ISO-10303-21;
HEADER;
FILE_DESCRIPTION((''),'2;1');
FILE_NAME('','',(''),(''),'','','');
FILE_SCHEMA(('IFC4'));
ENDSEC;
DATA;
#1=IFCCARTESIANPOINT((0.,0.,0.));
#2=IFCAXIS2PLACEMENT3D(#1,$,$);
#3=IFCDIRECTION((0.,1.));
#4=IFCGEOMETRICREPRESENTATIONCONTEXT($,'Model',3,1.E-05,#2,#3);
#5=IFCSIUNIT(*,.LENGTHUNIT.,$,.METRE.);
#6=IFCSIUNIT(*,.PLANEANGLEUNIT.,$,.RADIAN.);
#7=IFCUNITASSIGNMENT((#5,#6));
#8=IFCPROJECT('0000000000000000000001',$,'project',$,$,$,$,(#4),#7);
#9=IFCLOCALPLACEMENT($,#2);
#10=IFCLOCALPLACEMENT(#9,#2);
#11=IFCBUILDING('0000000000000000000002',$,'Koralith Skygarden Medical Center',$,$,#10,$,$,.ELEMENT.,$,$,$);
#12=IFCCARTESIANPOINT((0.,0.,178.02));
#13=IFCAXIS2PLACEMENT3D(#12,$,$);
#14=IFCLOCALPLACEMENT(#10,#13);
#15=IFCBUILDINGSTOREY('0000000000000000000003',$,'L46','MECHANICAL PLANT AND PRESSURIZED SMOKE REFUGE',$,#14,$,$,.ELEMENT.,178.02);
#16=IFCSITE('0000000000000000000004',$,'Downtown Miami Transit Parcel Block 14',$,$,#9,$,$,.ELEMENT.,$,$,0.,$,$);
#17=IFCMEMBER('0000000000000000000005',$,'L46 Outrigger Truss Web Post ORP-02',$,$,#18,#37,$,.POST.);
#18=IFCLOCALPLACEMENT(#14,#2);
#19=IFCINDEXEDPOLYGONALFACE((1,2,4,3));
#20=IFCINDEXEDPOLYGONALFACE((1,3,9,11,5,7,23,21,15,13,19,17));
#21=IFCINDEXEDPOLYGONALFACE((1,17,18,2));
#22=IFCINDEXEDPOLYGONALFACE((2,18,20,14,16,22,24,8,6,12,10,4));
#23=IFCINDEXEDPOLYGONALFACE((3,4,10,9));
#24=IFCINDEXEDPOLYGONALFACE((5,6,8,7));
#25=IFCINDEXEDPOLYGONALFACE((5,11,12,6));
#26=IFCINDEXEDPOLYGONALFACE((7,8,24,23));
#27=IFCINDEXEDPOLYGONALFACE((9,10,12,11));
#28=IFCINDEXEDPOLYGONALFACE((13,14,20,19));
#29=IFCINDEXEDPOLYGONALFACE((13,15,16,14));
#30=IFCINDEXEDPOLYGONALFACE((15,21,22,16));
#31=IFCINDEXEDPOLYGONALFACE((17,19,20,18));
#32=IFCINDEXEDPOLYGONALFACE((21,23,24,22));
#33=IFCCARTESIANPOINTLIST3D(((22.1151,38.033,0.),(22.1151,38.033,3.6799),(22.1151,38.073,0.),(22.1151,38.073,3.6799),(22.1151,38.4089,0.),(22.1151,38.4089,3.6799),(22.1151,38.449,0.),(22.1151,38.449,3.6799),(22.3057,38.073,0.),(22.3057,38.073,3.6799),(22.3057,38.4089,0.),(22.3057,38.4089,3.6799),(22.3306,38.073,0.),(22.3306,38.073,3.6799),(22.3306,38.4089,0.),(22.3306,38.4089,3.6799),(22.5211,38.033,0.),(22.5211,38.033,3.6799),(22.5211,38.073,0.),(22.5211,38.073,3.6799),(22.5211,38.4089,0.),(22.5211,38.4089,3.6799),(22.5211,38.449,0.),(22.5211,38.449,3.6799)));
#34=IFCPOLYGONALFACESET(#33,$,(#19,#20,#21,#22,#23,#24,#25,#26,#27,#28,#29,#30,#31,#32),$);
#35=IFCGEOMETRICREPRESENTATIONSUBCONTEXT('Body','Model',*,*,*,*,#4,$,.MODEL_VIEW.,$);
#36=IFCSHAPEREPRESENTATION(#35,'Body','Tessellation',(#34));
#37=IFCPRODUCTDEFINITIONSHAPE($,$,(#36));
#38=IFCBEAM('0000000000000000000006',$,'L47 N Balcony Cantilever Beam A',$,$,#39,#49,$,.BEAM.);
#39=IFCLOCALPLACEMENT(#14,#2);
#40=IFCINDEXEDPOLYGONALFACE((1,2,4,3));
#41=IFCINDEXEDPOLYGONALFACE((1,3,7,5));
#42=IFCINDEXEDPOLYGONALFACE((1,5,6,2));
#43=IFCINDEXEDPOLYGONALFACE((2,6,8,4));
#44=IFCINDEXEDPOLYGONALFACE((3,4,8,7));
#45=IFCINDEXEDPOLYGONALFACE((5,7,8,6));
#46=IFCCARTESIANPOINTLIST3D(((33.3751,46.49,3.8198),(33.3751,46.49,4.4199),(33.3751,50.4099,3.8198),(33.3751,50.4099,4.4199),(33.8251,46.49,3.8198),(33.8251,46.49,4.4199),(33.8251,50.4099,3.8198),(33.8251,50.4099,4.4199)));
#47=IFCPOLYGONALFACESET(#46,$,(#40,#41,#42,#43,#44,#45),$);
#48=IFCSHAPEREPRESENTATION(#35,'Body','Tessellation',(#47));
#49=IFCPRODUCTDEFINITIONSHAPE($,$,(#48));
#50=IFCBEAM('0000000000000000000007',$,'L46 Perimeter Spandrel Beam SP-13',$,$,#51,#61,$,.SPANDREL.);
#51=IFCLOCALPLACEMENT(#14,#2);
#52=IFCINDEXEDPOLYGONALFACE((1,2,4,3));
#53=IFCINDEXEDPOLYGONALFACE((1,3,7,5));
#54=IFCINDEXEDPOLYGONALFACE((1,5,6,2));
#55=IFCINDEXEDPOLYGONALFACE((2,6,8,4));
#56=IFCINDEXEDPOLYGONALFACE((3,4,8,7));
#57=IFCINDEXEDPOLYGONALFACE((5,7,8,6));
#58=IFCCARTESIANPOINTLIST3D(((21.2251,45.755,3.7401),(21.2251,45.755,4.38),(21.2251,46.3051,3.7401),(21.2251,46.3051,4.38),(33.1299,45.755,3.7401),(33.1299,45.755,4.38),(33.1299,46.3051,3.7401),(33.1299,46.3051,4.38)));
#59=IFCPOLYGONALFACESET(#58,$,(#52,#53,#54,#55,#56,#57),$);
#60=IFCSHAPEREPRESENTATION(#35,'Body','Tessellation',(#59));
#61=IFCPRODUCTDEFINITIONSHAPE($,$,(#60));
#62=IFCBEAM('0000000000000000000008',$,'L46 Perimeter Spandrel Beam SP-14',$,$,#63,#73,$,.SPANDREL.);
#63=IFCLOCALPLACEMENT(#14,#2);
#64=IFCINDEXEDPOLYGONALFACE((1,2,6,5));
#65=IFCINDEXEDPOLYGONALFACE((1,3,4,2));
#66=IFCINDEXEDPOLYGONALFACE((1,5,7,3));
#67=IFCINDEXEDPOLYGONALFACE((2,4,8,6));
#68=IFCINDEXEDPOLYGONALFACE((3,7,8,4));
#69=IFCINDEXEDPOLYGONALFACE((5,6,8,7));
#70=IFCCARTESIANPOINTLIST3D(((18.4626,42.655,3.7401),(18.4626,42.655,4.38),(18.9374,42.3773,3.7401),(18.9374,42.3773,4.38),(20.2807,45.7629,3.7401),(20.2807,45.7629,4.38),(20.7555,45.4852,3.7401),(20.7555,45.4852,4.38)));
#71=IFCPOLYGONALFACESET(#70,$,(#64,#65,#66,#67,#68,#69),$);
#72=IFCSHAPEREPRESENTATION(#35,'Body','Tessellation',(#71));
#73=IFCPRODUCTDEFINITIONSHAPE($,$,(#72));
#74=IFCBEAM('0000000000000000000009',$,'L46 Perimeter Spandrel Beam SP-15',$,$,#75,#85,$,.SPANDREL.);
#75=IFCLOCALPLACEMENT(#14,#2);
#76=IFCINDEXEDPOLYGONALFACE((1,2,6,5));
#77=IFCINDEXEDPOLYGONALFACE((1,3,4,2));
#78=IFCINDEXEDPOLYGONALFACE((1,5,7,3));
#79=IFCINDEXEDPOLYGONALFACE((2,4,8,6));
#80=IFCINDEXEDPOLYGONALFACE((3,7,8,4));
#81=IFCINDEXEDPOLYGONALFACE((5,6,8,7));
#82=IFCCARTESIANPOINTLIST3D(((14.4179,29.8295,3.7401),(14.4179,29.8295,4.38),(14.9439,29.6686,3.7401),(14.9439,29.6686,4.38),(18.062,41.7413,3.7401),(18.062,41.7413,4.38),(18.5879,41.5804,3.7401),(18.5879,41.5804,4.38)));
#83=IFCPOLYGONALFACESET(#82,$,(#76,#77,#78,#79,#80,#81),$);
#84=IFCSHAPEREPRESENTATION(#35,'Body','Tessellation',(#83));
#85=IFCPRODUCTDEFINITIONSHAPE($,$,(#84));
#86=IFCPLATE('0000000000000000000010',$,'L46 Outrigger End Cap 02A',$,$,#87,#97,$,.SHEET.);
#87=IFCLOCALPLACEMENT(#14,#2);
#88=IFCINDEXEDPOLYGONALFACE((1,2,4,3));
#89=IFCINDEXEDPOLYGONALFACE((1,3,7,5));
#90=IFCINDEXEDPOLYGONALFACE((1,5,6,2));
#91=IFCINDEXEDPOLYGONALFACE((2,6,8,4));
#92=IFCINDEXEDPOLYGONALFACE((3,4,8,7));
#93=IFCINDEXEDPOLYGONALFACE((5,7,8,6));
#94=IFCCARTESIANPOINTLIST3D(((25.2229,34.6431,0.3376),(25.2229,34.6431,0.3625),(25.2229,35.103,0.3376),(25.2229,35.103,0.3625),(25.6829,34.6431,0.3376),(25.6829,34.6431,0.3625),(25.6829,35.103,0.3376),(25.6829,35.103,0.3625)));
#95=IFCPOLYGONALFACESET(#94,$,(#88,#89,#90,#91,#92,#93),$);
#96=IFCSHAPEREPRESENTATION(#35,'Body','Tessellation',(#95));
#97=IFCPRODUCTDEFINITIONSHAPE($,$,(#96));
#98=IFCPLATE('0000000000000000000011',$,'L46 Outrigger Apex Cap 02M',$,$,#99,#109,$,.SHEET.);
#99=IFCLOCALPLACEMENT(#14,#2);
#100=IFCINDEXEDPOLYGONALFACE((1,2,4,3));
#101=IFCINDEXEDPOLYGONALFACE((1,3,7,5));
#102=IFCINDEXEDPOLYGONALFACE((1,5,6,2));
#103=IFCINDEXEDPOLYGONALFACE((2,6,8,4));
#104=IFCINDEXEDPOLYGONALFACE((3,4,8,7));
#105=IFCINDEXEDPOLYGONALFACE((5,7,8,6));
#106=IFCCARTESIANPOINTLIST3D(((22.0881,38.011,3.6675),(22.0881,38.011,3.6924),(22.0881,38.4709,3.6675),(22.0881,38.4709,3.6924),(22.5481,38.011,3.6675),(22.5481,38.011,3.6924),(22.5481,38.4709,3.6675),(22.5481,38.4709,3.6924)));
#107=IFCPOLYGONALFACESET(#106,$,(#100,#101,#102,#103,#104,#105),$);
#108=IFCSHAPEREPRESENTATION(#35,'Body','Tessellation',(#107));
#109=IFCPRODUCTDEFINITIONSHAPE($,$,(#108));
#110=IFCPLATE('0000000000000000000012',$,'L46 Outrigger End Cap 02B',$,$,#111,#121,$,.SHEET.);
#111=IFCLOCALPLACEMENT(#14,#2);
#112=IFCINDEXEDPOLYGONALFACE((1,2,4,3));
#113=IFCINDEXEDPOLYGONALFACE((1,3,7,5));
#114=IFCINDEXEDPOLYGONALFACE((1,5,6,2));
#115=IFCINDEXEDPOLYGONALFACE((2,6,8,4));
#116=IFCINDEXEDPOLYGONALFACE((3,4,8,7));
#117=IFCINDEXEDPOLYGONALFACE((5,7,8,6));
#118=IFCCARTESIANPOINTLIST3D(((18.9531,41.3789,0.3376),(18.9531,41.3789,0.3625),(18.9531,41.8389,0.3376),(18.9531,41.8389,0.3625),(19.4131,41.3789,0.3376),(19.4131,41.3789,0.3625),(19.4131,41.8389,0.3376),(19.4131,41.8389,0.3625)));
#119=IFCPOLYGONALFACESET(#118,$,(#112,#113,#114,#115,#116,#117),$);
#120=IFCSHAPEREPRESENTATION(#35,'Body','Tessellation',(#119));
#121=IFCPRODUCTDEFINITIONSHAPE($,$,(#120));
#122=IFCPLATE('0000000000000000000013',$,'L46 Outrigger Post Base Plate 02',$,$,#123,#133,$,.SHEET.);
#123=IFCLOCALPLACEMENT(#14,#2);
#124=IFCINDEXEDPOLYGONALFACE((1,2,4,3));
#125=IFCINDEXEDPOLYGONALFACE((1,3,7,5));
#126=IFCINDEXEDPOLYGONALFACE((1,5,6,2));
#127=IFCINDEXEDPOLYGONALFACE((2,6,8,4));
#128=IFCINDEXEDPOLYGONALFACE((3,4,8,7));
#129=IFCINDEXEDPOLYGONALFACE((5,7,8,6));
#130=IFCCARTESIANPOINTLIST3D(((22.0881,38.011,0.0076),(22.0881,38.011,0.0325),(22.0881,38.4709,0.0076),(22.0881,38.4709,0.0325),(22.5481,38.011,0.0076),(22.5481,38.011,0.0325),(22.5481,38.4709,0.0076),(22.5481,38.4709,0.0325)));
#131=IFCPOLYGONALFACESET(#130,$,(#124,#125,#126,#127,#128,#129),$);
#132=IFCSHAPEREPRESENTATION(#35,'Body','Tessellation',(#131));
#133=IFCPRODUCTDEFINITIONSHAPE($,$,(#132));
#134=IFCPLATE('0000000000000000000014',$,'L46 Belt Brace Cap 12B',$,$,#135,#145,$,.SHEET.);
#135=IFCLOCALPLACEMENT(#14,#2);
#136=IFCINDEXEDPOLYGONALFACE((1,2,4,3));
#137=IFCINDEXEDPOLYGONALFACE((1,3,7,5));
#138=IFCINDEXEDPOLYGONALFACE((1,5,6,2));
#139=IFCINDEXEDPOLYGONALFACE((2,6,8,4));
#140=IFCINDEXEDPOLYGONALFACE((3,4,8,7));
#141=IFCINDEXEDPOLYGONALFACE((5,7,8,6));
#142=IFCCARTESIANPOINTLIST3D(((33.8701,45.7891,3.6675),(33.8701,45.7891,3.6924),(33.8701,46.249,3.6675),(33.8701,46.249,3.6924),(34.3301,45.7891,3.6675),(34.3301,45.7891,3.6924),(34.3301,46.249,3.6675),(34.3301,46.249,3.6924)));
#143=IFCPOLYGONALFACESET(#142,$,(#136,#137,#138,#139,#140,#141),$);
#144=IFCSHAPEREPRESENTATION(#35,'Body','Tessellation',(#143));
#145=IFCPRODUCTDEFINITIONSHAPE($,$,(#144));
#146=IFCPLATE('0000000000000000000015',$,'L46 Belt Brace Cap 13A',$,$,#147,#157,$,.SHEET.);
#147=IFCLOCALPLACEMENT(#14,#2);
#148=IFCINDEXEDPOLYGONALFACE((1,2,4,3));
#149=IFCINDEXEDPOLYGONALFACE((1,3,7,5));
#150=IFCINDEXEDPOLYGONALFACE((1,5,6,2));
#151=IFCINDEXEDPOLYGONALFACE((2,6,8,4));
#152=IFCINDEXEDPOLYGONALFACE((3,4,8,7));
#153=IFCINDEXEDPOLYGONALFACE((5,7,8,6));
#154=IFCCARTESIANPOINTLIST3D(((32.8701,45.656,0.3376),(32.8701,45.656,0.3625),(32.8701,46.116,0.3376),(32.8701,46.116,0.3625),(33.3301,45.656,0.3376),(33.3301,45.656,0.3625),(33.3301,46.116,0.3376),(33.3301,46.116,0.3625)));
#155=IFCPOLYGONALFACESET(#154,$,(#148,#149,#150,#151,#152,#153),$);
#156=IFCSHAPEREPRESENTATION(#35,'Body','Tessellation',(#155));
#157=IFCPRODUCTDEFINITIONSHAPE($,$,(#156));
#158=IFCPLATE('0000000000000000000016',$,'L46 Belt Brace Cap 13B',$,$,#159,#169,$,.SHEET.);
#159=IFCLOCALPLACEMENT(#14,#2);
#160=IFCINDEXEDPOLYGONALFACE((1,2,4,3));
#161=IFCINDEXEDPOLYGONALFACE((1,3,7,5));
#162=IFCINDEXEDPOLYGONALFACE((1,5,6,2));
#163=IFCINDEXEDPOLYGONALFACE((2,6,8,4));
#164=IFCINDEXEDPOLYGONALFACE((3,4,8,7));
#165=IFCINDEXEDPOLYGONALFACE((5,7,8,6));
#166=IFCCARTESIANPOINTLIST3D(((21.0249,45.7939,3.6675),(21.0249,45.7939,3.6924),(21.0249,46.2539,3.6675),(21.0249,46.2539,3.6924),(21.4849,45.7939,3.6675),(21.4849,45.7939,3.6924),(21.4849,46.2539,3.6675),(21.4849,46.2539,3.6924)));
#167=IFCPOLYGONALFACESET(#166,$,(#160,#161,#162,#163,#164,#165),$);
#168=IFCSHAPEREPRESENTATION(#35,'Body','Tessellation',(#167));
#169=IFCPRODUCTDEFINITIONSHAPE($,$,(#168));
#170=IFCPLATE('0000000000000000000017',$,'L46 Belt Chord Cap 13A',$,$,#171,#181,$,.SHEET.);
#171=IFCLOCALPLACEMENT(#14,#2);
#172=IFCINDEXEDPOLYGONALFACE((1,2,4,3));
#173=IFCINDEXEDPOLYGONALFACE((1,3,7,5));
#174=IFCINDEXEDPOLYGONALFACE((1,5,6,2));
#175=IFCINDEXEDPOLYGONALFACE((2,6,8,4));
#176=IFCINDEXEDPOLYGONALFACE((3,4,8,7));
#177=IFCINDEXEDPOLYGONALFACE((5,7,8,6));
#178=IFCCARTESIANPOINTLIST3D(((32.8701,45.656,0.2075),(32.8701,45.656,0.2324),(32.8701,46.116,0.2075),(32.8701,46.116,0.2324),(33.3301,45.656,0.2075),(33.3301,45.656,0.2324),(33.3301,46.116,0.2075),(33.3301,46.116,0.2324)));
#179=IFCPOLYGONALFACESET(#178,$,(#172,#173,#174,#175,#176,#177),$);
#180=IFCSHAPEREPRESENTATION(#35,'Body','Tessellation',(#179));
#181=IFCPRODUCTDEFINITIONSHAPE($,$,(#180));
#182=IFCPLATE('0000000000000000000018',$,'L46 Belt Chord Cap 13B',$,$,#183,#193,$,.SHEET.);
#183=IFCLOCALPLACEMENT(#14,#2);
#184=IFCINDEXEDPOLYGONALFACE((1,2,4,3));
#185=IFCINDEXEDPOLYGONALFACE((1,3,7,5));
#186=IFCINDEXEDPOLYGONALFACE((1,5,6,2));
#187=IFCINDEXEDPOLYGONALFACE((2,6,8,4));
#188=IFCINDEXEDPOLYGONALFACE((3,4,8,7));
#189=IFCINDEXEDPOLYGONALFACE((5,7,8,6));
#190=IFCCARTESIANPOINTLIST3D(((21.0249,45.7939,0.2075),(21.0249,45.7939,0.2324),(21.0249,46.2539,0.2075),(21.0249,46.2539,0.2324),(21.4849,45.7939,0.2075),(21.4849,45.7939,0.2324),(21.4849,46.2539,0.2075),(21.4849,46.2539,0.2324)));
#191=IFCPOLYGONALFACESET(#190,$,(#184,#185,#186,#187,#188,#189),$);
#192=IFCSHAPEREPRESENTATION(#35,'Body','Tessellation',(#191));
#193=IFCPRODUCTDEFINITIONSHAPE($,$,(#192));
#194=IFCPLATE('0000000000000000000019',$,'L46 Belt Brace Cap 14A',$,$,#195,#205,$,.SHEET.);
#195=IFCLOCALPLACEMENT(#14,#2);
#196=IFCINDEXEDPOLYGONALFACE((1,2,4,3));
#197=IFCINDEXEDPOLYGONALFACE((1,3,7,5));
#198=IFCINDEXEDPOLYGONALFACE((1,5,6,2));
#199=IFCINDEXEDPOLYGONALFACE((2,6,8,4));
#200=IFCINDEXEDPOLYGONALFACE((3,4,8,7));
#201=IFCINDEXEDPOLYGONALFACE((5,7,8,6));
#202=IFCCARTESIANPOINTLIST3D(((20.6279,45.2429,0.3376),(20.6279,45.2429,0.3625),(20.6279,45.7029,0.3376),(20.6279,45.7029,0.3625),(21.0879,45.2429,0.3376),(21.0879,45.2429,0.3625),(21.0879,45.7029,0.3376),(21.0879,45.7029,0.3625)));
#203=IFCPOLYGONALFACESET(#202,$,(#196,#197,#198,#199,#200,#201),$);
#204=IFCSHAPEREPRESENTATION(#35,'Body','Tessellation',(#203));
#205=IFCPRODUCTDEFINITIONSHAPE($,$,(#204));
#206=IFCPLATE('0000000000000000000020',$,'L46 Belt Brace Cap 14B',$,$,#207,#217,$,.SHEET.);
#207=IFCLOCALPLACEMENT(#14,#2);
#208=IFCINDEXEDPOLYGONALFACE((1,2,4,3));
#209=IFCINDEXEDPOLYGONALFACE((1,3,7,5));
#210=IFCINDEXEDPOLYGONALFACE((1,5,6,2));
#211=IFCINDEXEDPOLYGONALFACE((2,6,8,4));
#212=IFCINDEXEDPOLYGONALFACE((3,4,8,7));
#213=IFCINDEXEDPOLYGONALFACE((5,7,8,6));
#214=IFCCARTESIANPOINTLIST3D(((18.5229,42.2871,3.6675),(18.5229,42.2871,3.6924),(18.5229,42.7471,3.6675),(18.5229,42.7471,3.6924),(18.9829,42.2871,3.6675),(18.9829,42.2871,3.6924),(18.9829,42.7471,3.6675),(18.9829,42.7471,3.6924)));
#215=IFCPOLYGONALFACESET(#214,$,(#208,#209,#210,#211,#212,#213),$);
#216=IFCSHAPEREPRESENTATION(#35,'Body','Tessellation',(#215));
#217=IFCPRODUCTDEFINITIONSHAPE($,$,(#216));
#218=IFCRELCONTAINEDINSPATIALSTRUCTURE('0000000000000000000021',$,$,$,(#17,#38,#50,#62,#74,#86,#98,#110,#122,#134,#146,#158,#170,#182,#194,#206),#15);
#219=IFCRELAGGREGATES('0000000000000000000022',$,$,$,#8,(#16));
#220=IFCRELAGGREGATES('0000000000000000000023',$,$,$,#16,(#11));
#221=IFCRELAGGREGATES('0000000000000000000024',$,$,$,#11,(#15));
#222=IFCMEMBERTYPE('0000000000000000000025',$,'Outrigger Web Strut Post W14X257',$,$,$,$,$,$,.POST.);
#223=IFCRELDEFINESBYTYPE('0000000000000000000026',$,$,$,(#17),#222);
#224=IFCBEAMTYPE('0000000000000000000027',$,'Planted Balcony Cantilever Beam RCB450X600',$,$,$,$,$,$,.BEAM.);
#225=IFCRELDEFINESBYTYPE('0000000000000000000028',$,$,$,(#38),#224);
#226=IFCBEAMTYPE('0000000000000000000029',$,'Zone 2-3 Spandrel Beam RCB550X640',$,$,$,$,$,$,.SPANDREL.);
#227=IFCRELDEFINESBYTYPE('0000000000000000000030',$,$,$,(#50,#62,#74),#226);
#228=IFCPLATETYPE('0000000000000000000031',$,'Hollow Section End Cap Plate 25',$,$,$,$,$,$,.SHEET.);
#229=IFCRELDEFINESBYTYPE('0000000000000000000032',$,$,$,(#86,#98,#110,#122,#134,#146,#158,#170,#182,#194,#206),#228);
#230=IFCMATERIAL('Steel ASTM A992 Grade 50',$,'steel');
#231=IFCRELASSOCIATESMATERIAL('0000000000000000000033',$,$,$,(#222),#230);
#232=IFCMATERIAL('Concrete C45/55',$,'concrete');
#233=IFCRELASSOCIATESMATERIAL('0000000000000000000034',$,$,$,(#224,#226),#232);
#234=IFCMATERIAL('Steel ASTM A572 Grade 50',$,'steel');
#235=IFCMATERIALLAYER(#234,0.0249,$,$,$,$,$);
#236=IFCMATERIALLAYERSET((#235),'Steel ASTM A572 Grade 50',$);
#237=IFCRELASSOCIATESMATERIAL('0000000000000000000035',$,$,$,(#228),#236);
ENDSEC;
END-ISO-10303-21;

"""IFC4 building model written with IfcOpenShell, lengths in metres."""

from ifc_helpers import new_model, si_unit, direction, frame, origin, origin_2d, place, context, subcontext, project, spatial, rectangle, i_section, extrude, material, layer, layer_set, material_profile, profile_set, type_object, element, save


model = new_model("IFC4")

# Units and contexts
model_context = context("Model", 3, precision=1e-05, world=origin(), true_north=direction((0.0, 1.0)))
body_context = subcontext(model_context, "Body", "Model", "MODEL_VIEW")
ifc_project = project(units=[si_unit("LENGTHUNIT", "METRE"), si_unit("PLANEANGLEUNIT", "RADIAN")], contexts=[model_context])

# Site, building, storey
site_placement = place(None, origin())
site = spatial("IfcSite", under=ifc_project, at=site_placement, Name="Downtown Miami Transit Parcel Block 14", CompositionType="ELEMENT", RefElevation=0.0)
building_placement = place(site_placement, origin())
building = spatial("IfcBuilding", under=site, at=building_placement, Name="Koralith Skygarden Medical Center", CompositionType="ELEMENT")
storey_placement = place(building_placement, frame((0.0, 0.0, 178.02)))
storey = spatial("IfcBuildingStorey", under=building, at=storey_placement, Name="L46", Description="MECHANICAL PLANT AND PRESSURIZED SMOKE REFUGE", CompositionType="ELEMENT", Elevation=178.02)

# Shared definitions
ifc_material_1 = material(Name="Steel ASTM A992 Grade 50", Category="steel")

# Member
ifc_material_profile_1 = material_profile(ifc_material_1, i_section(OverallWidth=0.406, OverallDepth=0.416, WebThickness=0.0249, FlangeThickness=0.04, at=origin_2d()), Name="W14X257")
ifc_profile_set_1 = profile_set([ifc_material_profile_1], Name="Steel ASTM A992 Grade 50")
member_type_1 = type_object("IfcMemberType", Name="Outrigger Web Strut Post W14X257", PredefinedType="POST", material=ifc_profile_set_1)
member_1_placement = place(storey_placement, frame((22.3181, 38.241, 0.0), z_axis=(0.0, 0.0, 1.0), x_axis=(1.0, 0.0, 0.0)))
element("IfcMember", 1, at=member_1_placement, inside=storey, type_object=member_type_1, Name="L46 Outrigger Truss Web Post ORP-02", PredefinedType="POST", context=body_context, shape_type="SweptSolid", body=[
    extrude(i_section(OverallWidth=0.406, OverallDepth=0.416, WebThickness=0.0249, FlangeThickness=0.04, at=origin_2d()), origin(), (0.0, 0.0, 1.0), 3.6799),
])

# Beams
ifc_material_2 = material(Name="Concrete C45/55", Category="concrete")
ifc_material_profile_2 = material_profile(ifc_material_2, rectangle(XDim=0.45, YDim=0.6001, at=origin_2d()), Name="RCB450X600")
ifc_profile_set_2 = profile_set([ifc_material_profile_2], Name="Concrete C45/55")
beam_type_1 = type_object("IfcBeamType", Name="Planted Balcony Cantilever Beam RCB450X600", PredefinedType="BEAM", material=ifc_profile_set_2)
beam_1_placement = place(storey_placement, frame((33.6001, 46.49, 4.1199), z_axis=(0.0, 1.0, 0.0), x_axis=(-1.0, 0.0, 0.0)))
element("IfcBeam", 2, at=beam_1_placement, inside=storey, type_object=beam_type_1, Name="L47 N Balcony Cantilever Beam A", PredefinedType="BEAM", context=body_context, shape_type="SweptSolid", body=[
    extrude(rectangle(XDim=0.45, YDim=0.6001, at=origin_2d()), origin(), (0.0, 0.0, 1.0), 3.9199),
])
ifc_material_profile_3 = material_profile(ifc_material_2, rectangle(XDim=0.55, YDim=0.6399, at=origin_2d()), Name="RCB550X640")
ifc_profile_set_3 = profile_set([ifc_material_profile_3], Name="Concrete C45/55")
beam_type_2 = type_object("IfcBeamType", Name="Zone 2-3 Spandrel Beam RCB550X640", PredefinedType="SPANDREL", material=ifc_profile_set_3)
beam_2_placement = place(storey_placement, frame((33.1299, 46.03, 4.0601), z_axis=(-1.0, 0.0, 0.0), x_axis=(0.0, -1.0, 0.0)))
element("IfcBeam", 3, at=beam_2_placement, inside=storey, type_object=beam_type_2, Name="L46 Perimeter Spandrel Beam SP-13", PredefinedType="SPANDREL", context=body_context, shape_type="SweptSolid", body=[
    extrude(rectangle(XDim=0.55, YDim=0.6399, at=origin_2d()), origin(), (0.0, 0.0, 1.0), 11.9048),
])
beam_3_placement = place(storey_placement, frame((20.5181, 45.624, 4.0601), z_axis=(-0.504941, -0.863154, 0.0), x_axis=(0.863154, -0.504941, 0.0)))
element("IfcBeam", 4, at=beam_3_placement, inside=storey, type_object=beam_type_2, Name="L46 Perimeter Spandrel Beam SP-14", PredefinedType="SPANDREL", context=body_context, shape_type="SweptSolid", body=[
    extrude(rectangle(XDim=0.55, YDim=0.6399, at=origin_2d()), origin(), (0.0, 0.0, 1.0), 3.6006),
])
beam_4_placement = place(storey_placement, frame((18.325, 41.6609, 4.0601), z_axis=(-0.292535, -0.956255, 0.0), x_axis=(0.956255, -0.292535, 0.0)))
element("IfcBeam", 5, at=beam_4_placement, inside=storey, type_object=beam_type_2, Name="L46 Perimeter Spandrel Beam SP-15", PredefinedType="SPANDREL", context=body_context, shape_type="SweptSolid", body=[
    extrude(rectangle(XDim=0.55, YDim=0.6399, at=origin_2d()), origin(), (0.0, 0.0, 1.0), 12.4568),
])

# Plates
ifc_material_3 = material(Name="Steel ASTM A572 Grade 50", Category="steel")
ifc_layer_1 = layer(ifc_material_3, 0.0249)
ifc_layer_set_1 = layer_set([ifc_layer_1], Name="Steel ASTM A572 Grade 50")
plate_type_1 = type_object("IfcPlateType", Name="Hollow Section End Cap Plate 25", PredefinedType="SHEET", material=ifc_layer_set_1)
for number, where, z_axis, x_axis, name in (
    (6, (25.4529, 34.873, 0.3376), (0.0, 0.0, 1.0), (1.0, 0.0, 0.0), "L46 Outrigger End Cap 02A"),
    (7, (22.3181, 38.241, 3.6675), (0.0, 0.0, 1.0), (1.0, 0.0, 0.0), "L46 Outrigger Apex Cap 02M"),
    (8, (19.1831, 41.6089, 0.3376), (0.0, 0.0, 1.0), (1.0, 0.0, 0.0), "L46 Outrigger End Cap 02B"),
    (9, (22.3181, 38.241, 0.0076), (0.0, 0.0, 1.0), (1.0, 0.0, 0.0), "L46 Outrigger Post Base Plate 02"),
    (10, (34.1001, 46.019, 3.6675), (0.0, 0.0, 1.0), (1.0, 0.0, 0.0), "L46 Belt Brace Cap 12B"),
    (11, (33.1001, 45.886, 0.3376), (0.0, 0.0, 1.0), (1.0, 0.0, 0.0), "L46 Belt Brace Cap 13A"),
    (12, (21.2549, 46.0239, 3.6675), (0.0, 0.0, 1.0), (1.0, 0.0, 0.0), "L46 Belt Brace Cap 13B"),
    (13, (33.1001, 45.886, 0.2075), (0.0, 0.0, 1.0), (1.0, 0.0, 0.0), "L46 Belt Chord Cap 13A"),
    (14, (21.2549, 46.0239, 0.2075), (0.0, 0.0, 1.0), (1.0, 0.0, 0.0), "L46 Belt Chord Cap 13B"),
    (15, (20.8579, 45.4729, 0.3376), (0.0, 0.0, 1.0), (1.0, 0.0, 0.0), "L46 Belt Brace Cap 14A"),
    (16, (18.7529, 42.5171, 3.6675), (0.0, 0.0, 1.0), (1.0, 0.0, 0.0), "L46 Belt Brace Cap 14B"),
):
    element("IfcPlate", number, at=place(storey_placement, frame(where, z_axis=z_axis, x_axis=x_axis)), inside=storey, type_object=plate_type_1, Name=name, PredefinedType="SHEET", context=body_context, shape_type="SweptSolid", body=[
        extrude(rectangle(XDim=0.46, YDim=0.46, at=origin_2d()), origin(), (0.0, 0.0, 1.0), 0.0249),
    ])

save(model, "model.ifc")
